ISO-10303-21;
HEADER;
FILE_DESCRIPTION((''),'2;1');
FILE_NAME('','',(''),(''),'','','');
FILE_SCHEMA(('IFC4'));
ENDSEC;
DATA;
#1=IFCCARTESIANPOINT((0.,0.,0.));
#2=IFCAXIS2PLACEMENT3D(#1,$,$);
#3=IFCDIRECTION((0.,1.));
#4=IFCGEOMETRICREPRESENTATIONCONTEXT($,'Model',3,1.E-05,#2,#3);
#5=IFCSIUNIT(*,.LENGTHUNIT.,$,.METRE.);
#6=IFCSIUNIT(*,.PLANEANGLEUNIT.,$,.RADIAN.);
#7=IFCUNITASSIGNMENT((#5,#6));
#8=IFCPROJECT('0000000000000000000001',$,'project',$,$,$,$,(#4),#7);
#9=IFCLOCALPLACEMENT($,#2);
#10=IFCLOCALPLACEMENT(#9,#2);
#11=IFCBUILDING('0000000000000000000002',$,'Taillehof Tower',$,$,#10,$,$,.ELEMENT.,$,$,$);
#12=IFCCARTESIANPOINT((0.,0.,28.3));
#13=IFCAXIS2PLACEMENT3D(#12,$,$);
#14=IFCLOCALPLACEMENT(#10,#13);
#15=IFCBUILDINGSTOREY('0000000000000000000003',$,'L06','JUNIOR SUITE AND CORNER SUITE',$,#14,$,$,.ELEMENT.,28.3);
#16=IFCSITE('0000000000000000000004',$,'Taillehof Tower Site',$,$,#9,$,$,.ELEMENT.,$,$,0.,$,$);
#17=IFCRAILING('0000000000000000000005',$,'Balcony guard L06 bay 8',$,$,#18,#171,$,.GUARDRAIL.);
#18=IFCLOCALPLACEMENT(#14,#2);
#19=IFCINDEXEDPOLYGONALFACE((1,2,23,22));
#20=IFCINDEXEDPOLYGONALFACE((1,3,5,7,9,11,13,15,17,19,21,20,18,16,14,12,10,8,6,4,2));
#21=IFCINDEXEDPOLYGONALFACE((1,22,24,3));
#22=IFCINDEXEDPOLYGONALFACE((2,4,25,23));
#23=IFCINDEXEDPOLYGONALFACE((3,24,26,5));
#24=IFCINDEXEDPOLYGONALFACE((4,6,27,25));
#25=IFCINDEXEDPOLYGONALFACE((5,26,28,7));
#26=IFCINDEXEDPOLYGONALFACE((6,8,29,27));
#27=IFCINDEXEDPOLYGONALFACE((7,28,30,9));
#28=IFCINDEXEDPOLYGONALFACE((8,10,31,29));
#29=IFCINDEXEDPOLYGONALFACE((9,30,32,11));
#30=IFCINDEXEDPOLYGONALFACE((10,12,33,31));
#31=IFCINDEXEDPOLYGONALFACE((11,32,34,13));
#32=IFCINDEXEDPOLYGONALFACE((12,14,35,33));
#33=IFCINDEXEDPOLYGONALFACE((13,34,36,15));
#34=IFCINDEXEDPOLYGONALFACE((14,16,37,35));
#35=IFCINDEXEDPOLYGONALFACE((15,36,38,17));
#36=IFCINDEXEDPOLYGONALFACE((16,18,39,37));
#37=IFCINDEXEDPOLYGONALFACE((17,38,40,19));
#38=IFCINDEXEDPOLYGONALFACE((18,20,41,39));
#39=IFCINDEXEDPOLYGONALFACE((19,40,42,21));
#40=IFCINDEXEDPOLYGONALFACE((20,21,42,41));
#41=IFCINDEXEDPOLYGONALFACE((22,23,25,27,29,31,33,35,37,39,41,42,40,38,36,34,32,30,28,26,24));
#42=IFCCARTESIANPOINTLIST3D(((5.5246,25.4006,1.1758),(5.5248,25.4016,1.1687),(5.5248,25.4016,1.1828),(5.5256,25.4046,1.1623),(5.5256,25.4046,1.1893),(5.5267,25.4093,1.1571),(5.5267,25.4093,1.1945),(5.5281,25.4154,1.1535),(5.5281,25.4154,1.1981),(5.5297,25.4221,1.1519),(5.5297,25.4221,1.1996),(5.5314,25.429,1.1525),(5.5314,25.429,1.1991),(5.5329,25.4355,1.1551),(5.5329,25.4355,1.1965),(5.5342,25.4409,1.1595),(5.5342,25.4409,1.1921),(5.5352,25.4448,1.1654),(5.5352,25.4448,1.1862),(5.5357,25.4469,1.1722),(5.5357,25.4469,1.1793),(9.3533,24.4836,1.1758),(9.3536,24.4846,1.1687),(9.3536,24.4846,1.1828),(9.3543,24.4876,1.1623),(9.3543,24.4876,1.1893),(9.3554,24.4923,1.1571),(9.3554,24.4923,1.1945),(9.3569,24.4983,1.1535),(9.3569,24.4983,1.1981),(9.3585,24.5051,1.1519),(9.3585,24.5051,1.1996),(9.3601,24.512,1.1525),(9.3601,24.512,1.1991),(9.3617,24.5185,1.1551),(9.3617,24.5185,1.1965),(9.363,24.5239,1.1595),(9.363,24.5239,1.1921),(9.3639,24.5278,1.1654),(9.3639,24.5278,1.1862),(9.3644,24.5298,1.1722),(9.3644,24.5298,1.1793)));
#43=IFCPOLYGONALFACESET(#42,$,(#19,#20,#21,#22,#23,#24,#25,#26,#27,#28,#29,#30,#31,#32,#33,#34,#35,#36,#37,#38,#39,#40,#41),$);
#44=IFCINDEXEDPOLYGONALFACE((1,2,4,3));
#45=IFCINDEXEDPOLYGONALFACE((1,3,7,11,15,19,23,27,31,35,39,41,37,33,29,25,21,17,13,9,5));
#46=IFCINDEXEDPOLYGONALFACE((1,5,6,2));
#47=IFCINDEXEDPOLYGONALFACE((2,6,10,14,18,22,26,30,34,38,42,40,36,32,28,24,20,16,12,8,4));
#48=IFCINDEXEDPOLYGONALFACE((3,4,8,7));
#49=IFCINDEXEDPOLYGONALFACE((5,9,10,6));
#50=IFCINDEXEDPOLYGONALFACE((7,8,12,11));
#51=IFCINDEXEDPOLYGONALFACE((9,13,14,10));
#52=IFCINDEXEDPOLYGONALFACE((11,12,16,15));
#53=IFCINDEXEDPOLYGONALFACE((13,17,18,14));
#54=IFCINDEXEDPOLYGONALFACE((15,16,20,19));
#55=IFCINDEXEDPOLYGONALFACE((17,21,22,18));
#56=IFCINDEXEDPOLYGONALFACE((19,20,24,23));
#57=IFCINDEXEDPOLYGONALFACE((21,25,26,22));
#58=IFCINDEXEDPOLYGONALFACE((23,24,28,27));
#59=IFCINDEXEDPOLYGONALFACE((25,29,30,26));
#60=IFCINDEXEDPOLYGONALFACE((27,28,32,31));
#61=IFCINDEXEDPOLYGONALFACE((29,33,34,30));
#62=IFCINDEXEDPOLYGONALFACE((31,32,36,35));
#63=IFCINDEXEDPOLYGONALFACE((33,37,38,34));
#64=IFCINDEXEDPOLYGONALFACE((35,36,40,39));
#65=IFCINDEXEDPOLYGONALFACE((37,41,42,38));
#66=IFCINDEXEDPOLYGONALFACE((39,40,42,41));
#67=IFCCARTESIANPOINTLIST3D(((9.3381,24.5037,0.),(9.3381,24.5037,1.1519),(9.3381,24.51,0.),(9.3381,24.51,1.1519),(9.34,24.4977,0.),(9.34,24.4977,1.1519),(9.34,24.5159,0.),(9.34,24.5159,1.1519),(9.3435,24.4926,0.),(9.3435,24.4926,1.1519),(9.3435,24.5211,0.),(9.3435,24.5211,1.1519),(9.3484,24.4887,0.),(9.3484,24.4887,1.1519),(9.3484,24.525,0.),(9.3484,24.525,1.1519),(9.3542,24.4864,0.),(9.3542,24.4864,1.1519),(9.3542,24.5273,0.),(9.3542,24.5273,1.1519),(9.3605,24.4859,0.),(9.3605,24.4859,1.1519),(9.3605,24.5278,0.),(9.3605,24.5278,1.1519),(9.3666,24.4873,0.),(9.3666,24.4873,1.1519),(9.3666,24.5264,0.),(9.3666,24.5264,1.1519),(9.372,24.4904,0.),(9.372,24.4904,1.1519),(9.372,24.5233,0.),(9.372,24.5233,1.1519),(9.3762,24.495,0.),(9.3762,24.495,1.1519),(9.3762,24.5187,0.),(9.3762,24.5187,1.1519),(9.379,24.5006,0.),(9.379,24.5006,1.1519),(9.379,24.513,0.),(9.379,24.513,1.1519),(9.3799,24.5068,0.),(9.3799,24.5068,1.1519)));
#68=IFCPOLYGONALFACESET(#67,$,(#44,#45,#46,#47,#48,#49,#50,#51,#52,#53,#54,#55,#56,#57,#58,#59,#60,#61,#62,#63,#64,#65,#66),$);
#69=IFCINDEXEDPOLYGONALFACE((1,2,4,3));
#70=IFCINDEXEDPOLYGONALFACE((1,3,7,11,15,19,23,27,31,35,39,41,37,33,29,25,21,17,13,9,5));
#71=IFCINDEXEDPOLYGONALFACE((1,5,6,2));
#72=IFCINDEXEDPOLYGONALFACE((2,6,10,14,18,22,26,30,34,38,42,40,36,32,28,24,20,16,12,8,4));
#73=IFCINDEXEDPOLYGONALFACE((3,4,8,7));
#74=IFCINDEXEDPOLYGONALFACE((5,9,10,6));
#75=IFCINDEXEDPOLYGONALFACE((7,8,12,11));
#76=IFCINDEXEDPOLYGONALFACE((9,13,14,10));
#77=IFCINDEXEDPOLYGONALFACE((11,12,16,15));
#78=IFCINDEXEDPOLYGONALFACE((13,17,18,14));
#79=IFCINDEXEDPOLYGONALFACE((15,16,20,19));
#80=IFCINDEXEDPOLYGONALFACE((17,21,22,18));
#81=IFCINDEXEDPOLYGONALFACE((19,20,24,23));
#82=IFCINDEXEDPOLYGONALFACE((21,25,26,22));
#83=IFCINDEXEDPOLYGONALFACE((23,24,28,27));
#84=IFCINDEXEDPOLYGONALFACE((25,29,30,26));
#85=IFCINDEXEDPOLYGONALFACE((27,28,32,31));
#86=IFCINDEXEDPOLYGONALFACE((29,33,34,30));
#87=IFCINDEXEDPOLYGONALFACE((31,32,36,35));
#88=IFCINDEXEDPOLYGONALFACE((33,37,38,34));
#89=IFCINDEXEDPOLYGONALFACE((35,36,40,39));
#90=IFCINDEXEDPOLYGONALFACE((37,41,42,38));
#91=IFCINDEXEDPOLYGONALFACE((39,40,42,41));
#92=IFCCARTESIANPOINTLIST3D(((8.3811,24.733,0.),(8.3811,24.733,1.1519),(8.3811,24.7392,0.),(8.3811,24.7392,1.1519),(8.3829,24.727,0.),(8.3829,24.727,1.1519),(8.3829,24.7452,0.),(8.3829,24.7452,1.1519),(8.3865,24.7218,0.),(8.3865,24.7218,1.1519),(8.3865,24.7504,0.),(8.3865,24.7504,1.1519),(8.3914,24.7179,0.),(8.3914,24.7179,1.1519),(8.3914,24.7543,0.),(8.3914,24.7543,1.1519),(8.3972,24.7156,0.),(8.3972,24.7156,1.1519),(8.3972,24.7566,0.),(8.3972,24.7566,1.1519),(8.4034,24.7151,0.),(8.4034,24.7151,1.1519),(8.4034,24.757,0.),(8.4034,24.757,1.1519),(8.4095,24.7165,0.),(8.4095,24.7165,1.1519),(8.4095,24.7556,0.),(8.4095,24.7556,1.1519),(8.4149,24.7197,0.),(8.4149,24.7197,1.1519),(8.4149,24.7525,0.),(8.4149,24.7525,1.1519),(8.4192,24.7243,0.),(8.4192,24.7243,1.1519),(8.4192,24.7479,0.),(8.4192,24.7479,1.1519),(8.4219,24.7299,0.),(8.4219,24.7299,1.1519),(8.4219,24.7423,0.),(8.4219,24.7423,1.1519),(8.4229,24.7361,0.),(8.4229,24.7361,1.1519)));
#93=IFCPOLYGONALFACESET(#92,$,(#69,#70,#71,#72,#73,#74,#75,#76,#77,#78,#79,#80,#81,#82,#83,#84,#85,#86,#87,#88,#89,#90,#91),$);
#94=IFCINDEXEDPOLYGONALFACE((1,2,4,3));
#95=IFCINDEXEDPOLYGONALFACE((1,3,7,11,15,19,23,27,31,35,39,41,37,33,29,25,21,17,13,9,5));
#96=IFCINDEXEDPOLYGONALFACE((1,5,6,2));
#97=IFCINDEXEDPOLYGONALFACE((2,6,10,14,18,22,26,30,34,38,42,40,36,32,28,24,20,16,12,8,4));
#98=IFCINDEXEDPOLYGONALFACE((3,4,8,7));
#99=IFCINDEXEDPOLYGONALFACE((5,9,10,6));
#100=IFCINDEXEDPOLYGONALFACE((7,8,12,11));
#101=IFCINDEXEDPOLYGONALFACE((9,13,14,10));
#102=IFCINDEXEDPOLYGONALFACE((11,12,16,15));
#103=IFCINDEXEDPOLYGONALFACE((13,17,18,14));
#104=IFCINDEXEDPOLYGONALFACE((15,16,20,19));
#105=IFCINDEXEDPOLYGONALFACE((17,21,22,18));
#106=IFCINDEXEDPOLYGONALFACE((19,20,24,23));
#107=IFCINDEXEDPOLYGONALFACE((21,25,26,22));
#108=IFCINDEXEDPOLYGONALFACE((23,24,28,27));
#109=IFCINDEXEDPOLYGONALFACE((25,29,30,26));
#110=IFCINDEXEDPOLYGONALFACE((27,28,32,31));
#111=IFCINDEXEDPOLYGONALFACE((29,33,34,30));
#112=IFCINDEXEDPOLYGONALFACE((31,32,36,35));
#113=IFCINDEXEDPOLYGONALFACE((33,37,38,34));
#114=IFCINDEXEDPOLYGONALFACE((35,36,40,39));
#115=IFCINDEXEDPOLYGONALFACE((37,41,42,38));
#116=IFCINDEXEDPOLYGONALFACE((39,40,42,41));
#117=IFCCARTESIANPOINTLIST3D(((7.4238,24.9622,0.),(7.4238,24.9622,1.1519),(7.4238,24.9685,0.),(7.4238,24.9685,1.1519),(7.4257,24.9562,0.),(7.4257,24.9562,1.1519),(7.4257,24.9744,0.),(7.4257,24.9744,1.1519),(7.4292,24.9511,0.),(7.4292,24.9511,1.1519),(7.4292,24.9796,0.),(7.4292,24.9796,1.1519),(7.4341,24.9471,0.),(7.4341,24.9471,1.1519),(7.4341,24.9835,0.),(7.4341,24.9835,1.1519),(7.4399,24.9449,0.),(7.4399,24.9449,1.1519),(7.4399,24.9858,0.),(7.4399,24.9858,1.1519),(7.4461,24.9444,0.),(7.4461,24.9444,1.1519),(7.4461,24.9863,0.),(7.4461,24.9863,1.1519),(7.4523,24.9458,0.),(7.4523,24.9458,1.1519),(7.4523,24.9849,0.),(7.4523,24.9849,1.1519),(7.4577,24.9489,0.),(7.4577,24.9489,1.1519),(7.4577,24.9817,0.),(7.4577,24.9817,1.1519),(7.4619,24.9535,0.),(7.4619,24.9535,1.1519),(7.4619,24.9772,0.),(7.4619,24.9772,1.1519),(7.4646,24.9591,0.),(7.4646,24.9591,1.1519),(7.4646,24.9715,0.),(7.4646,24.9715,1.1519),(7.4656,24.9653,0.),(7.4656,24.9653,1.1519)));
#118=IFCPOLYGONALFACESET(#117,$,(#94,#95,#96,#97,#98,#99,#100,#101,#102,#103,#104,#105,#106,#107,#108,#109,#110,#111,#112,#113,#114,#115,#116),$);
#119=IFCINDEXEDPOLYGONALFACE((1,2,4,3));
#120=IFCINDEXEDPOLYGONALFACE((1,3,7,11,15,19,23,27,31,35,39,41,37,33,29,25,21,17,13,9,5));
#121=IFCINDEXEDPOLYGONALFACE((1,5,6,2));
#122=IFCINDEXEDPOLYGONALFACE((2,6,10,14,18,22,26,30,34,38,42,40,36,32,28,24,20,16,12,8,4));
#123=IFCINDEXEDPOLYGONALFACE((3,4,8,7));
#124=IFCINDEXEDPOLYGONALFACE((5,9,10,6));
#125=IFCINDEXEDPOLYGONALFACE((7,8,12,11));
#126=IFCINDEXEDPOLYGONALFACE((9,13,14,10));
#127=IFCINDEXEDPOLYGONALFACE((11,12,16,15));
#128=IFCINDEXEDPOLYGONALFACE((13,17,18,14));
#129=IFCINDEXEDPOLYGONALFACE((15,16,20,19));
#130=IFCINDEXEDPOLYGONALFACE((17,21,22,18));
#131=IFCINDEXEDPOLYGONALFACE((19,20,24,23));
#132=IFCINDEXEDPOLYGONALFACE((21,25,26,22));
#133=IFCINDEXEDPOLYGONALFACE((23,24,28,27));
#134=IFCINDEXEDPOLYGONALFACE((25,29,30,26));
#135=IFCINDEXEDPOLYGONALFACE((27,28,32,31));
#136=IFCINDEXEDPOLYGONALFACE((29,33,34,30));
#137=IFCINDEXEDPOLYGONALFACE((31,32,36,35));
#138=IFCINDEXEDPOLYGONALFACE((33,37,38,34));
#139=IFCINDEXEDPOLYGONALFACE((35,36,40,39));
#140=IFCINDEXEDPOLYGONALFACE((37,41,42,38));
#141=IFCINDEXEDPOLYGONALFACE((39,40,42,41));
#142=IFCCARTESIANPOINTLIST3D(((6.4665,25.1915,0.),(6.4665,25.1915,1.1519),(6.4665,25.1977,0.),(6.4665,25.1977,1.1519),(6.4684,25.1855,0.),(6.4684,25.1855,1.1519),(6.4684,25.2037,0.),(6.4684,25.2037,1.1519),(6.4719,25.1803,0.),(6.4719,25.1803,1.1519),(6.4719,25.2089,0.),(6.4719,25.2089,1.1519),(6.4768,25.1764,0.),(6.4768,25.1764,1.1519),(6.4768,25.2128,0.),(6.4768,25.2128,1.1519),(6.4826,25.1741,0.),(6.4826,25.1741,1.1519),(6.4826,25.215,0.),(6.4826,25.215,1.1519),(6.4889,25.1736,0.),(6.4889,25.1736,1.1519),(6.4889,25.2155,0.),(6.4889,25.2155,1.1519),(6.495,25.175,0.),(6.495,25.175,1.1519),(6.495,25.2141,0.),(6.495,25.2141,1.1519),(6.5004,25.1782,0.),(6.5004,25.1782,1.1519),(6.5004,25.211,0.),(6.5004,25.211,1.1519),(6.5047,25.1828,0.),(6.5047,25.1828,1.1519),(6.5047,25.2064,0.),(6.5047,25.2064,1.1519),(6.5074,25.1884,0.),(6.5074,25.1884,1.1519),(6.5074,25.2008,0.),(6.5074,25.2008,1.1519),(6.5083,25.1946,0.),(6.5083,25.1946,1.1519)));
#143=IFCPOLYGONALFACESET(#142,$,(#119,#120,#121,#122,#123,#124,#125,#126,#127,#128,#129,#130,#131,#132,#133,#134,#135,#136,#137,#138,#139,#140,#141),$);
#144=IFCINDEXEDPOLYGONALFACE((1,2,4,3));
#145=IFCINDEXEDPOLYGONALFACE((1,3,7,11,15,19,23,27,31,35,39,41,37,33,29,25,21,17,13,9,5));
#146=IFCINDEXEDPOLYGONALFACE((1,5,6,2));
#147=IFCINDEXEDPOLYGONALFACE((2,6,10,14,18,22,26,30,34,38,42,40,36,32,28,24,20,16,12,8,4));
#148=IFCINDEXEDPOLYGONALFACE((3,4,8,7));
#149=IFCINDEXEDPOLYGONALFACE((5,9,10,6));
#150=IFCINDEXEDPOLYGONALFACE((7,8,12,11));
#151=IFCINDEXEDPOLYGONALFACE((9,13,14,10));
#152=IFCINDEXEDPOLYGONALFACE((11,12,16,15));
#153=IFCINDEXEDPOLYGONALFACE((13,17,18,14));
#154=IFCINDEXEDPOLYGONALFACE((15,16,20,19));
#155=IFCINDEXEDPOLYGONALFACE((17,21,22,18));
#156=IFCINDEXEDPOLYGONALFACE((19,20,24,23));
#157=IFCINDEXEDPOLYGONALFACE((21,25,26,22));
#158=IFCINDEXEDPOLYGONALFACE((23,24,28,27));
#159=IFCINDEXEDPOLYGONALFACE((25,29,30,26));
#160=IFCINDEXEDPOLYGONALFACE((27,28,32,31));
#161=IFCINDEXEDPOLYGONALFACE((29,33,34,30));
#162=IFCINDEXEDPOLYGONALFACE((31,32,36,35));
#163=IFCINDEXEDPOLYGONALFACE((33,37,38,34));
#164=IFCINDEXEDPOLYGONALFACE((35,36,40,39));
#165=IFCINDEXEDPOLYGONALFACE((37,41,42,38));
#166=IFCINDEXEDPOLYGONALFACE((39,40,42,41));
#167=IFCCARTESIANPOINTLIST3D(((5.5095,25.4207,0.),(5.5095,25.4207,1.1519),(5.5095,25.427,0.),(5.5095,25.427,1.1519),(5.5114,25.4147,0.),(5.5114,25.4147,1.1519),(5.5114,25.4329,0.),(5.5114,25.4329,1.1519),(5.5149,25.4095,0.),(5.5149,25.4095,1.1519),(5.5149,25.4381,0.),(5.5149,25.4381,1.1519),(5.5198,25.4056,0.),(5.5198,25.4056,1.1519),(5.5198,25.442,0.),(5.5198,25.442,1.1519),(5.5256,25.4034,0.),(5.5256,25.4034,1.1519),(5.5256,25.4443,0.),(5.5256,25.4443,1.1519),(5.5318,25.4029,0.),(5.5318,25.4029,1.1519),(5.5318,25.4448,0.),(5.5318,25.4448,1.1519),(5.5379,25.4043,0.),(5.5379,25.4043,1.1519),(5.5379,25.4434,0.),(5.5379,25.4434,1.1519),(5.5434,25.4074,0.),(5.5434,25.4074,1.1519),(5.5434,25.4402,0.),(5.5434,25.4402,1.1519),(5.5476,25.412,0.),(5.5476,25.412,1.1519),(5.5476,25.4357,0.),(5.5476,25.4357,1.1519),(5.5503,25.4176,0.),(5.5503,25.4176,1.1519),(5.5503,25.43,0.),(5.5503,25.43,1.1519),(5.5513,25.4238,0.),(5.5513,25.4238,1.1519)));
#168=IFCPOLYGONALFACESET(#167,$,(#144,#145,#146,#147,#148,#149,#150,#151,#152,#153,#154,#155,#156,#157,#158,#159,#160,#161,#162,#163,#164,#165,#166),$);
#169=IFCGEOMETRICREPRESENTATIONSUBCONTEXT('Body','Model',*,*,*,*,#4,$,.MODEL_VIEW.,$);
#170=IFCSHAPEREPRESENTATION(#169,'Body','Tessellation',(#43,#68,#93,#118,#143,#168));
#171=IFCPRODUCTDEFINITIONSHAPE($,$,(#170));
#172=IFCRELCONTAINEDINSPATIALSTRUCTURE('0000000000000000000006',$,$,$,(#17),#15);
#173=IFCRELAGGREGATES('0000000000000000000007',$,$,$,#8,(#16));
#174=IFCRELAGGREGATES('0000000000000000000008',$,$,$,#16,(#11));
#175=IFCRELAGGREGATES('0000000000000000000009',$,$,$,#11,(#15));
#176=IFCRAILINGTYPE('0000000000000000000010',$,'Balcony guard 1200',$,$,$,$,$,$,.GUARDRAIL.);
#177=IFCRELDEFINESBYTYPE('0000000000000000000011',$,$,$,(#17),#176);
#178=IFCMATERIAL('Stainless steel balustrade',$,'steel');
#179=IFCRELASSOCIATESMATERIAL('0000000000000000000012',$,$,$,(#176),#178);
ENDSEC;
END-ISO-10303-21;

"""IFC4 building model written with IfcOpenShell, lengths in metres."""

from ifc_helpers import new_model, si_unit, direction, frame, origin, origin_2d, place, context, subcontext, project, spatial, circle, extrude, material, type_object, element, save


model = new_model("IFC4")

# Units and contexts
model_context = context("Model", 3, precision=1e-05, world=origin(), true_north=direction((0.0, 1.0)))
body_context = subcontext(model_context, "Body", "Model", "MODEL_VIEW")
ifc_project = project(units=[si_unit("LENGTHUNIT", "METRE"), si_unit("PLANEANGLEUNIT", "RADIAN")], contexts=[model_context])

# Site, building, storey
site_placement = place(None, origin())
site = spatial("IfcSite", under=ifc_project, at=site_placement, Name="Taillehof Tower Site", CompositionType="ELEMENT", RefElevation=0.0)
building_placement = place(site_placement, origin())
building = spatial("IfcBuilding", under=site, at=building_placement, Name="Taillehof Tower", CompositionType="ELEMENT")
storey_placement = place(building_placement, frame((0.0, 0.0, 28.3)))
storey = spatial("IfcBuildingStorey", under=building, at=storey_placement, Name="L06", Description="JUNIOR SUITE AND CORNER SUITE", CompositionType="ELEMENT", Elevation=28.3)

# Railing
ifc_material_1 = material(Name="Stainless steel balustrade", Category="steel")
railing_type = type_object("IfcRailingType", Name="Balcony guard 1200", PredefinedType="GUARDRAIL", material=ifc_material_1)
railing_placement = place(storey_placement, frame((9.3589, 24.5068, 0.0)))
element("IfcRailing", 1, at=railing_placement, inside=storey, type_object=railing_type, Name="Balcony guard L06 bay 8", PredefinedType="GUARDRAIL", context=body_context, shape_type="SweptSolid", body=[
    extrude(circle(Radius=0.0239, at=origin_2d()), frame((0.0, 0.0, 1.1758), z_axis=(-0.972495, 0.232923, 0.0), x_axis=(-0.232923, -0.972495, 0.0)), (0.0, 0.0, 1.0), 3.937),
    extrude(circle(Radius=0.021, at=origin_2d()), origin(), (0.0, 0.0, 1.0), 1.1519),
    extrude(circle(Radius=0.021, at=origin_2d()), frame((-0.957, 0.2292, 0.0)), (0.0, 0.0, 1.0), 1.1519),
    extrude(circle(Radius=0.021, at=origin_2d()), frame((-1.9143, 0.4585, 0.0)), (0.0, 0.0, 1.0), 1.1519),
    extrude(circle(Radius=0.021, at=origin_2d()), frame((-2.8716, 0.6877, 0.0)), (0.0, 0.0, 1.0), 1.1519),
    extrude(circle(Radius=0.021, at=origin_2d()), frame((-3.8286, 0.917, 0.0)), (0.0, 0.0, 1.0), 1.1519),
])

save(model, "model.ifc")
